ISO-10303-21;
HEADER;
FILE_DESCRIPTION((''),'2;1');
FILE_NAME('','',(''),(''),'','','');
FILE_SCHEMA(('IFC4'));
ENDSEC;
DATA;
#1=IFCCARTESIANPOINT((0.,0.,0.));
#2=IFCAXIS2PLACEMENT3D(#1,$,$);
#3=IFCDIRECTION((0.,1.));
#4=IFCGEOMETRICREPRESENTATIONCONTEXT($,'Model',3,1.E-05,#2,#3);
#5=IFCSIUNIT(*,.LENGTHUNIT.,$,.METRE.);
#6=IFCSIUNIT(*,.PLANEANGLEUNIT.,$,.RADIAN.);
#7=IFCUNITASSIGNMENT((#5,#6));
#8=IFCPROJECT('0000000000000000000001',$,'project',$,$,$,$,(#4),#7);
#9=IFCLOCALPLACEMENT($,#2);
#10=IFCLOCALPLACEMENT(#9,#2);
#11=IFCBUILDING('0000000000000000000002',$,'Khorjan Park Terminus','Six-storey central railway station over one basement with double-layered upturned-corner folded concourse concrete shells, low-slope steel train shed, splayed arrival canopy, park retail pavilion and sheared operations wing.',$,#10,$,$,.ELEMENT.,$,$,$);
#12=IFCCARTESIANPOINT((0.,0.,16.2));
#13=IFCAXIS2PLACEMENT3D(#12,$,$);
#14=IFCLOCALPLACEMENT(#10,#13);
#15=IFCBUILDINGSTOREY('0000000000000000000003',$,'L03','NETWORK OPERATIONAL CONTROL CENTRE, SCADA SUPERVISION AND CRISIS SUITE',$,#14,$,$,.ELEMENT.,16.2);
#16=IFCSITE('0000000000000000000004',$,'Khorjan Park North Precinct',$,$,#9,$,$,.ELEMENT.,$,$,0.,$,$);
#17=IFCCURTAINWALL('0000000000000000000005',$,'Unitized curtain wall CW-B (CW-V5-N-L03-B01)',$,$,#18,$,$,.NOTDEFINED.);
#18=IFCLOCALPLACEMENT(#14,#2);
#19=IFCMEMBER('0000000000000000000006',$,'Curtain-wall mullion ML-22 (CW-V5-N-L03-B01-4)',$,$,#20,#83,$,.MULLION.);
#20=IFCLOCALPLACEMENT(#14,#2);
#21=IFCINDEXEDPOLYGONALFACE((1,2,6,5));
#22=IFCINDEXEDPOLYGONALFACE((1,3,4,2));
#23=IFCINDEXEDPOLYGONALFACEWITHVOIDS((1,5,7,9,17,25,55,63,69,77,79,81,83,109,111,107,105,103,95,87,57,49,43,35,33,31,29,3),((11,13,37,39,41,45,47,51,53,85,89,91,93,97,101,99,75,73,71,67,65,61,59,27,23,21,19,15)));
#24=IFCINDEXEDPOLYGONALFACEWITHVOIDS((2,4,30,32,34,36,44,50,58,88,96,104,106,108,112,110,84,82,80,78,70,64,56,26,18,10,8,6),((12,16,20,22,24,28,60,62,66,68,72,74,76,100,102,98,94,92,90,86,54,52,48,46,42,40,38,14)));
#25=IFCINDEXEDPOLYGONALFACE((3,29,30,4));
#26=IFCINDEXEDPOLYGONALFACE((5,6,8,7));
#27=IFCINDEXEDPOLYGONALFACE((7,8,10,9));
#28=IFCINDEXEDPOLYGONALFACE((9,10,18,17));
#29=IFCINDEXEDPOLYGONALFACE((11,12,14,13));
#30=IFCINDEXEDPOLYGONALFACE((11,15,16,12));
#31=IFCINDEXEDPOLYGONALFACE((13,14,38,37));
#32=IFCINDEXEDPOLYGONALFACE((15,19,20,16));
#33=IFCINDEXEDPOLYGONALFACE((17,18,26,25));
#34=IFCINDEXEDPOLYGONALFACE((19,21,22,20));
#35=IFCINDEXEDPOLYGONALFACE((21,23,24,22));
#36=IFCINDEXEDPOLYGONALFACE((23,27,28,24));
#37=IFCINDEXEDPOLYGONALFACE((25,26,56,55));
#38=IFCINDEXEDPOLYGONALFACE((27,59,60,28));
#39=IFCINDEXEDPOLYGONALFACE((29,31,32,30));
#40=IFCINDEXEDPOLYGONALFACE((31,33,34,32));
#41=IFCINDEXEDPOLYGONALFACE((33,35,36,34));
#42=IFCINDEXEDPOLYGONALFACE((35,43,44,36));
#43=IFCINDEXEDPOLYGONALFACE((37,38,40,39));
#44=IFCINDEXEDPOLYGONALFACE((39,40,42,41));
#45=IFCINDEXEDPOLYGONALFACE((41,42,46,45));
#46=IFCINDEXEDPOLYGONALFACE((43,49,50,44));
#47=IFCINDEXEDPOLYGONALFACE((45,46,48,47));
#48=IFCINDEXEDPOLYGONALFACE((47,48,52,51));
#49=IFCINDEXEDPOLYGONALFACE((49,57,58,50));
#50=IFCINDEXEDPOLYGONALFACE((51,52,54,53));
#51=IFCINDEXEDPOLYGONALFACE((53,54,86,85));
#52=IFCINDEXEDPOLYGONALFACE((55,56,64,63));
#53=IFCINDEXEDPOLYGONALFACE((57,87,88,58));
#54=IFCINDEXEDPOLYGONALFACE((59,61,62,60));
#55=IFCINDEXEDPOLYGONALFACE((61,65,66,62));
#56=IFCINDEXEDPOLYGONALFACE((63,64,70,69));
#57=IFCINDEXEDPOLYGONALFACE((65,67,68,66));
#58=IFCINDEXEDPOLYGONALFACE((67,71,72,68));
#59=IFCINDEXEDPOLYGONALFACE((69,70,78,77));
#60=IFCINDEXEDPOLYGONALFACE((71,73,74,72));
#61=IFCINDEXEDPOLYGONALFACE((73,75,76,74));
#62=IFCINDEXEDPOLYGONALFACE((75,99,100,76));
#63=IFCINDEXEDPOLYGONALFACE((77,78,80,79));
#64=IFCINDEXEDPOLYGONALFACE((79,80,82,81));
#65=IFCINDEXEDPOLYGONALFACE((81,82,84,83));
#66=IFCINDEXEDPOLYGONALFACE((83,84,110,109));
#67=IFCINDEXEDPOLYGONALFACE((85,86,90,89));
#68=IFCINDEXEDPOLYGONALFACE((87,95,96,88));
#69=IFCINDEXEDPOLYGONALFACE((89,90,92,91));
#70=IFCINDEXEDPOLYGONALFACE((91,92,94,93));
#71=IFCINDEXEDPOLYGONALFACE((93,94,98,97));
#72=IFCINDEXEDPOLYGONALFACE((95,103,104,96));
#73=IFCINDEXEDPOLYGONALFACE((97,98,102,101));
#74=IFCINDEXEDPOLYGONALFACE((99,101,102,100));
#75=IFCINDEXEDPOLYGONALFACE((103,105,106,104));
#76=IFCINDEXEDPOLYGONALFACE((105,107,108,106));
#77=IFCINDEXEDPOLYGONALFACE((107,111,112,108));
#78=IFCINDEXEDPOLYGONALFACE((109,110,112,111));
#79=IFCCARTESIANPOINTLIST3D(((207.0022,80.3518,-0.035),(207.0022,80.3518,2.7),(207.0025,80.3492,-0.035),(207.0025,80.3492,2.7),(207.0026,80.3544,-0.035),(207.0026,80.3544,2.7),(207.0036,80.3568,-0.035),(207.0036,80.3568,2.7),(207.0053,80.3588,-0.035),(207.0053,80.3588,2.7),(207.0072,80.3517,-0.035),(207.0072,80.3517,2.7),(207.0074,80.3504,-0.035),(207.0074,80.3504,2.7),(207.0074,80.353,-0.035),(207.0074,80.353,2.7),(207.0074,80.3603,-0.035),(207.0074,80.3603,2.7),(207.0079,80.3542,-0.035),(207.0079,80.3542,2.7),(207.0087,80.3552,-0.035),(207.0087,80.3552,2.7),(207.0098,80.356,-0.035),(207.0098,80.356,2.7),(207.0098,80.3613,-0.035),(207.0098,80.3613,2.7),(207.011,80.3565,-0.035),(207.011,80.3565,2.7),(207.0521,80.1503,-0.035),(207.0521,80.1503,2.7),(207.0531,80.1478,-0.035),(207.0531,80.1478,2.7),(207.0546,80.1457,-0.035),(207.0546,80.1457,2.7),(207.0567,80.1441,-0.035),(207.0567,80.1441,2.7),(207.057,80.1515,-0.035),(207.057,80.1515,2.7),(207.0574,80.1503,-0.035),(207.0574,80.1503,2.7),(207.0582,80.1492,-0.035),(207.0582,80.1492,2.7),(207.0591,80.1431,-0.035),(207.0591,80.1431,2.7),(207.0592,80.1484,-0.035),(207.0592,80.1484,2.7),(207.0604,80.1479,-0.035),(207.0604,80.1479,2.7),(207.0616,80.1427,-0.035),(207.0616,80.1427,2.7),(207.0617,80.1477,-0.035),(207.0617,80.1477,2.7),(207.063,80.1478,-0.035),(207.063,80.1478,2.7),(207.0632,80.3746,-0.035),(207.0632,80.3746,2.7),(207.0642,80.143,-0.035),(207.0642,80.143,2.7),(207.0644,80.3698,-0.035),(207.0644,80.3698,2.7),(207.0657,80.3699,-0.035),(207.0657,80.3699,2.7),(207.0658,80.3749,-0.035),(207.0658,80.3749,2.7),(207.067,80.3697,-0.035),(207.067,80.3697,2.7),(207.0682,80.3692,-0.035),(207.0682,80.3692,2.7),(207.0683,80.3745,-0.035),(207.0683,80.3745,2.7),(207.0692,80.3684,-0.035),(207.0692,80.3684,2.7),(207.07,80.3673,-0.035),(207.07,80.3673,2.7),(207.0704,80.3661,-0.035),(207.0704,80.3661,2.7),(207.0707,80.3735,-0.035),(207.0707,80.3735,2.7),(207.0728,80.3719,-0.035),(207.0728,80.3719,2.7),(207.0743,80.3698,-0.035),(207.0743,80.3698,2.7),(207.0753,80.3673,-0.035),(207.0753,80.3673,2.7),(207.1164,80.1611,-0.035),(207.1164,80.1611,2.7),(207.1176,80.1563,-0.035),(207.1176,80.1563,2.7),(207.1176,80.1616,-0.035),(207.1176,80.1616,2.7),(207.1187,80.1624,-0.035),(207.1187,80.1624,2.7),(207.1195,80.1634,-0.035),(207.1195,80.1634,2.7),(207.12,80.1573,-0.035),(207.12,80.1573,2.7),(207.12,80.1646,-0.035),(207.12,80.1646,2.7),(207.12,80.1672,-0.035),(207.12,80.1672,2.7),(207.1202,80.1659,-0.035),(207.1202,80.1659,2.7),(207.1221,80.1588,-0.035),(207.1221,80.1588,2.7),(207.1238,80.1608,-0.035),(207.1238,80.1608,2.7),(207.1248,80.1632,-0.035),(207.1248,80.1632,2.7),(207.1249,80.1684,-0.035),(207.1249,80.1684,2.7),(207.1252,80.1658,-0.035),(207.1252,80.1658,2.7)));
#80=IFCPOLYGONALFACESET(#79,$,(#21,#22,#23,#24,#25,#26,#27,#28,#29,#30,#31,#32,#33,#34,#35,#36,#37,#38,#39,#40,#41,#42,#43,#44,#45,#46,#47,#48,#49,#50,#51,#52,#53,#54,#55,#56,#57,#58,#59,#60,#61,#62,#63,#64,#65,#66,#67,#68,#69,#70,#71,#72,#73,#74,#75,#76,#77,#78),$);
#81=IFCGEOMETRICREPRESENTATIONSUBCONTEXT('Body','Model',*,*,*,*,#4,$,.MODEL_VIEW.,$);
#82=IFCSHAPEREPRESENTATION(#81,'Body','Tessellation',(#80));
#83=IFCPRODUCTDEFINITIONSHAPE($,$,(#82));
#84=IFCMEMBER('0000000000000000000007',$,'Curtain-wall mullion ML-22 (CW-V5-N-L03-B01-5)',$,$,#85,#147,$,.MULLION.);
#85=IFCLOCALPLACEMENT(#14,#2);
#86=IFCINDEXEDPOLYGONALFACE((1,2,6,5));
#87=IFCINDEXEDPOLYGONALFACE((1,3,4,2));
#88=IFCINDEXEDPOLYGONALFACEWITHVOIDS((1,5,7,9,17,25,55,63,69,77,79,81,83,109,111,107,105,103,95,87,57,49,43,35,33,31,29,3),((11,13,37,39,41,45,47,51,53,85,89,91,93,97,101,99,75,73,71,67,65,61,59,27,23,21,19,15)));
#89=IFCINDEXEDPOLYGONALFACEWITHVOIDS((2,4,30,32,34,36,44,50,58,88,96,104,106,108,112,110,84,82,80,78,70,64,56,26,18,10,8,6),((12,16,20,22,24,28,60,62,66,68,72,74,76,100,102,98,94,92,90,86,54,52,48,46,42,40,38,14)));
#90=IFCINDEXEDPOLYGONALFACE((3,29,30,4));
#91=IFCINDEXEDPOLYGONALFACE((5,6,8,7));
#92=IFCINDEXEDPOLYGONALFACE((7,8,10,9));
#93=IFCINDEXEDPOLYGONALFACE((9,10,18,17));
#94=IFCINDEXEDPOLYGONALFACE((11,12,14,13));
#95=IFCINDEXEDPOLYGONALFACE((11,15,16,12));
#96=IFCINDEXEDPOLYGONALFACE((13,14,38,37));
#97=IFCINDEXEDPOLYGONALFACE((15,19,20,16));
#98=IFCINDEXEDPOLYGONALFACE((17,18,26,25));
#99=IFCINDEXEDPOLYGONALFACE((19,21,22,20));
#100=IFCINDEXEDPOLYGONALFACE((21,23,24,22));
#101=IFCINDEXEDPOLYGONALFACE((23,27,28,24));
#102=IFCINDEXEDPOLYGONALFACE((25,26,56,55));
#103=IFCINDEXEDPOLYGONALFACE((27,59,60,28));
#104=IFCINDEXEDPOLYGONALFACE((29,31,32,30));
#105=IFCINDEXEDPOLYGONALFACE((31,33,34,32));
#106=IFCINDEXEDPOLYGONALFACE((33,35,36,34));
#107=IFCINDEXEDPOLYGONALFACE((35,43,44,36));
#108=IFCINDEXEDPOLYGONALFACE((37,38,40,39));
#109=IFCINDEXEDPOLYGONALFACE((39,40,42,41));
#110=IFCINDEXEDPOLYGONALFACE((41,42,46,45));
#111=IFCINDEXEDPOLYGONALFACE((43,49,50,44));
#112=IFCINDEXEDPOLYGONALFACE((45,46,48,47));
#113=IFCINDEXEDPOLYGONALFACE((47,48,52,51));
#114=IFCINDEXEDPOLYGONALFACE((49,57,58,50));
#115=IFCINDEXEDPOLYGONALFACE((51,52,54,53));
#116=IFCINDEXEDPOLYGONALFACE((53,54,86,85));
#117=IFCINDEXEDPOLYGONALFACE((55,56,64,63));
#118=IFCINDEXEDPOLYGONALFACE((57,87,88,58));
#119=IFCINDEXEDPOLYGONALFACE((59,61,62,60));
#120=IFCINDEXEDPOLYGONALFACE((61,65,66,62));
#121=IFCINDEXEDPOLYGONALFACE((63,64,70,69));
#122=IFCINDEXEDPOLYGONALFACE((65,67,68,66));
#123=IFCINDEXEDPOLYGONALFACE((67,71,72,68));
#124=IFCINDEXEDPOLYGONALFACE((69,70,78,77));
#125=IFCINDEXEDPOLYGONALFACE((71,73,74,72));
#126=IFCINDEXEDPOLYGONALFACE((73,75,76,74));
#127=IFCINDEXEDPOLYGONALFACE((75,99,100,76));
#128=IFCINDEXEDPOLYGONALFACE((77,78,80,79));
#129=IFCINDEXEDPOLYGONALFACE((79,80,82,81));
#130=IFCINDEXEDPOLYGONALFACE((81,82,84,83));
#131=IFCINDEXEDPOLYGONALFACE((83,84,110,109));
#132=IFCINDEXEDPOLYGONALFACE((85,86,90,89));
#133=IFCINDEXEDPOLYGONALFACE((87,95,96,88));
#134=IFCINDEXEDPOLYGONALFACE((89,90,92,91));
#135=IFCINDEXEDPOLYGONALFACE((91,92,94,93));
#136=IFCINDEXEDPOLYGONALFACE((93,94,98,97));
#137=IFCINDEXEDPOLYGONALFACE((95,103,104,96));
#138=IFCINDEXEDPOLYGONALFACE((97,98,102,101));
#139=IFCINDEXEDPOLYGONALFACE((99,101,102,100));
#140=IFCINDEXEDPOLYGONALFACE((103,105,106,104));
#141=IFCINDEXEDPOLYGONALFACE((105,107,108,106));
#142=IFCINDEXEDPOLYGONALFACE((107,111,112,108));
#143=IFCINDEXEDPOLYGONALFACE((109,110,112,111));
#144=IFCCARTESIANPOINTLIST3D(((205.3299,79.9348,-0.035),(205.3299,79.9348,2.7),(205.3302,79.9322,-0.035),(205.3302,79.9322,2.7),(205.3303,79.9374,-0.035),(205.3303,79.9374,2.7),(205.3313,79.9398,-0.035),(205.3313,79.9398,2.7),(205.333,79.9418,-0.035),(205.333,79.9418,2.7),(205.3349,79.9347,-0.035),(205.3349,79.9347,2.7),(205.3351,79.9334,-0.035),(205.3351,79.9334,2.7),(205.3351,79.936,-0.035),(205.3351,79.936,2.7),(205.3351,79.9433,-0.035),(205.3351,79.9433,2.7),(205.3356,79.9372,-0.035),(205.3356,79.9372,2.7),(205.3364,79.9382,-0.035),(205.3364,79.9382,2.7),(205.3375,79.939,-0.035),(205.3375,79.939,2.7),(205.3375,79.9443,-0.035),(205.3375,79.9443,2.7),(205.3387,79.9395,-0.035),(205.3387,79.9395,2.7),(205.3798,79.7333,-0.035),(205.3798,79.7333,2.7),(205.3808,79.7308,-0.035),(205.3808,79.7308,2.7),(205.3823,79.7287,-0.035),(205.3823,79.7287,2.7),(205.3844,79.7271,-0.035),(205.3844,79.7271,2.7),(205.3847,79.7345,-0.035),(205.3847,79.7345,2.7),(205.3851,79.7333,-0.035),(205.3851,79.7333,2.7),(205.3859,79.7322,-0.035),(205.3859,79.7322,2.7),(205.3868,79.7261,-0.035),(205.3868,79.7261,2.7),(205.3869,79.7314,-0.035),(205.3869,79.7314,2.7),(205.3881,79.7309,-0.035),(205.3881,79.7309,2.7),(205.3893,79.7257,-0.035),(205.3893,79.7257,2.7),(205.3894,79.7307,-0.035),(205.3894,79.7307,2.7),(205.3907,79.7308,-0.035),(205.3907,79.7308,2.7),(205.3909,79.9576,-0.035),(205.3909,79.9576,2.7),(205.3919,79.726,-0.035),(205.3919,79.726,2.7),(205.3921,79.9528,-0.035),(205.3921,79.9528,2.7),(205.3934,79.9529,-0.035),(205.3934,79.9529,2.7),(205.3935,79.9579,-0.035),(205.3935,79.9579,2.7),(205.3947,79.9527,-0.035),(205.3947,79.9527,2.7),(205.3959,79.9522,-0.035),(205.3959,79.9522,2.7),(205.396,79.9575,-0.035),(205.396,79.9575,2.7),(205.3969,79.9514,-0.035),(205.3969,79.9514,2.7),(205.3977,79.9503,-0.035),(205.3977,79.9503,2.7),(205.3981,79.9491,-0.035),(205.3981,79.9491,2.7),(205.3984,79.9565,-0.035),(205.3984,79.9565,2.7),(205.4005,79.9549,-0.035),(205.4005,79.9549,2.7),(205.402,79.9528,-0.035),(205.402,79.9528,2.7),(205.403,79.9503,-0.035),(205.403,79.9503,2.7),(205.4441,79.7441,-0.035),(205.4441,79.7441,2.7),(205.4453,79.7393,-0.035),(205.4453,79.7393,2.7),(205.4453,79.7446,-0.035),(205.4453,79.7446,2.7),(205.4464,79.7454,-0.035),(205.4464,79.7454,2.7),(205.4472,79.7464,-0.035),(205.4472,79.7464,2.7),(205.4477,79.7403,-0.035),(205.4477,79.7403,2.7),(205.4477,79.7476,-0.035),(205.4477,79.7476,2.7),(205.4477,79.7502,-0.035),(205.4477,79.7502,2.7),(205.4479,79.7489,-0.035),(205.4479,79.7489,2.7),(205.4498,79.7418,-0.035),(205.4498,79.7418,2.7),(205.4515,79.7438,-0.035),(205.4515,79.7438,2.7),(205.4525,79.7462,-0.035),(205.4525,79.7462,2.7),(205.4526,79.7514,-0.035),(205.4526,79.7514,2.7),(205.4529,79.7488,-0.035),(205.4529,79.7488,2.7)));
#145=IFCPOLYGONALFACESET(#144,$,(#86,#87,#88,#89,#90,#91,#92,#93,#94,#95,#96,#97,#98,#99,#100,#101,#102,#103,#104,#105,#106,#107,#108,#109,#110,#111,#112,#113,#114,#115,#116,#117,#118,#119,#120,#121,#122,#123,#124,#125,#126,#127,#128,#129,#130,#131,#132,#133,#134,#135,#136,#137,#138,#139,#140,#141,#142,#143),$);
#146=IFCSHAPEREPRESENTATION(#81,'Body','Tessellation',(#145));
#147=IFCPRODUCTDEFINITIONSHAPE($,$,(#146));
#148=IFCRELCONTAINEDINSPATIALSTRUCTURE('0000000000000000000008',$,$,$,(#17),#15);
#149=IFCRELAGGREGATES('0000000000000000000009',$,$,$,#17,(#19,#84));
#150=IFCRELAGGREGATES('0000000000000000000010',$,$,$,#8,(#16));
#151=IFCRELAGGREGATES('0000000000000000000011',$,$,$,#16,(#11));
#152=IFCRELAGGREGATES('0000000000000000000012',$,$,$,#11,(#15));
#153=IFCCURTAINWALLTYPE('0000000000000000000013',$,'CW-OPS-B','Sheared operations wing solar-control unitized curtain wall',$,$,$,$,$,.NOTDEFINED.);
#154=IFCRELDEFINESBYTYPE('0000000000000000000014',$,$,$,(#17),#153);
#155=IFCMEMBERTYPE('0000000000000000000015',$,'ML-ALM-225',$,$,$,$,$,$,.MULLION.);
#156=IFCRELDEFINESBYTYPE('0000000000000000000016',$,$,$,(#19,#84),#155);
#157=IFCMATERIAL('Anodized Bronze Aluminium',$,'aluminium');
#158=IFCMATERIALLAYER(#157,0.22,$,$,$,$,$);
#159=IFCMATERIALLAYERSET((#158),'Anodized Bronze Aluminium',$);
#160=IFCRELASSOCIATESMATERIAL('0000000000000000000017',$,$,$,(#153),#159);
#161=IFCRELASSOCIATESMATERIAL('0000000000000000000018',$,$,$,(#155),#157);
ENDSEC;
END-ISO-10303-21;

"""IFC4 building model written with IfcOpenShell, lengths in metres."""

from ifc_helpers import new_model, si_unit, direction, frame, origin, origin_2d, place, context, subcontext, project, spatial, hollow_rectangle, extrude, material, layer, layer_set, material_profile, profile_set, type_object, element, aggregate, save


model = new_model("IFC4")

# Units and contexts
model_context = context("Model", 3, precision=1e-05, world=origin(), true_north=direction((0.0, 1.0)))
body_context = subcontext(model_context, "Body", "Model", "MODEL_VIEW")
ifc_project = project(units=[si_unit("LENGTHUNIT", "METRE"), si_unit("PLANEANGLEUNIT", "RADIAN")], contexts=[model_context])

# Site, building, storey
site_placement = place(None, origin())
site = spatial("IfcSite", under=ifc_project, at=site_placement, Name="Khorjan Park North Precinct", CompositionType="ELEMENT", RefElevation=0.0)
building_placement = place(site_placement, origin())
building = spatial("IfcBuilding", under=site, at=building_placement, Name="Khorjan Park Terminus", Description="Six-storey central railway station over one basement with double-layered upturned-corner folded concourse concrete shells, low-slope steel train shed, splayed arrival canopy, park retail pavilion and sheared operations wing.", CompositionType="ELEMENT")
storey_placement = place(building_placement, frame((0.0, 0.0, 16.2)))
storey = spatial("IfcBuildingStorey", under=building, at=storey_placement, Name="L03", Description="NETWORK OPERATIONAL CONTROL CENTRE, SCADA SUPERVISION AND CRISIS SUITE", CompositionType="ELEMENT", Elevation=16.2)

# Curtain wall, members
ifc_material_1 = material(Name="Anodized Bronze Aluminium", Category="aluminium")
ifc_layer_1 = layer(ifc_material_1, 0.22)
ifc_layer_set_1 = layer_set([ifc_layer_1], Name="Anodized Bronze Aluminium")
curtain_wall_type = type_object("IfcCurtainWallType", Name="CW-OPS-B", Description="Sheared operations wing solar-control unitized curtain wall", PredefinedType="NOTDEFINED", material=ifc_layer_set_1)
curtain_wall_placement = place(storey_placement, origin())
curtain_wall = element("IfcCurtainWall", 1, at=curtain_wall_placement, inside=storey, type_object=curtain_wall_type, Name="Unitized curtain wall CW-B (CW-V5-N-L03-B01)", PredefinedType="NOTDEFINED")
ifc_material_profile_1 = material_profile(ifc_material_1, hollow_rectangle(XDim=0.075, YDim=0.225, WallThickness=0.005, InnerFilletRadius=0.005, OuterFilletRadius=0.01, at=origin_2d()), Name="ALM 75x225x5")
ifc_profile_set_1 = profile_set([ifc_material_profile_1], Name="Anodized Bronze Aluminium")
member_type_1 = type_object("IfcMemberType", Name="ML-ALM-225", PredefinedType="MULLION", material=ifc_profile_set_1)
member_1_placement = place(storey_placement, frame((207.0637, 80.2588, -0.035), z_axis=(0.0, 0.0, 1.0), x_axis=(-0.970294, -0.241928, 0.0)))
member_1 = element("IfcMember", 2, at=member_1_placement, type_object=member_type_1, Name="Curtain-wall mullion ML-22 (CW-V5-N-L03-B01-4)", PredefinedType="MULLION", context=body_context, shape_type="SweptSolid", body=[
    extrude(hollow_rectangle(XDim=0.075, YDim=0.225, WallThickness=0.005, InnerFilletRadius=0.005, OuterFilletRadius=0.01, at=origin_2d()), origin(), (0.0, 0.0, 1.0), 2.735),
])
member_2_placement = place(storey_placement, frame((205.3914, 79.8418, -0.035), z_axis=(0.0, 0.0, 1.0), x_axis=(-0.970294, -0.241928, 0.0)))
member_2 = element("IfcMember", 3, at=member_2_placement, type_object=member_type_1, Name="Curtain-wall mullion ML-22 (CW-V5-N-L03-B01-5)", PredefinedType="MULLION", context=body_context, shape_type="SweptSolid", body=[
    extrude(hollow_rectangle(XDim=0.075, YDim=0.225, WallThickness=0.005, InnerFilletRadius=0.005, OuterFilletRadius=0.01, at=origin_2d()), origin(), (0.0, 0.0, 1.0), 2.735),
])
aggregate(curtain_wall, [member_1, member_2])

save(model, "model.ifc")
